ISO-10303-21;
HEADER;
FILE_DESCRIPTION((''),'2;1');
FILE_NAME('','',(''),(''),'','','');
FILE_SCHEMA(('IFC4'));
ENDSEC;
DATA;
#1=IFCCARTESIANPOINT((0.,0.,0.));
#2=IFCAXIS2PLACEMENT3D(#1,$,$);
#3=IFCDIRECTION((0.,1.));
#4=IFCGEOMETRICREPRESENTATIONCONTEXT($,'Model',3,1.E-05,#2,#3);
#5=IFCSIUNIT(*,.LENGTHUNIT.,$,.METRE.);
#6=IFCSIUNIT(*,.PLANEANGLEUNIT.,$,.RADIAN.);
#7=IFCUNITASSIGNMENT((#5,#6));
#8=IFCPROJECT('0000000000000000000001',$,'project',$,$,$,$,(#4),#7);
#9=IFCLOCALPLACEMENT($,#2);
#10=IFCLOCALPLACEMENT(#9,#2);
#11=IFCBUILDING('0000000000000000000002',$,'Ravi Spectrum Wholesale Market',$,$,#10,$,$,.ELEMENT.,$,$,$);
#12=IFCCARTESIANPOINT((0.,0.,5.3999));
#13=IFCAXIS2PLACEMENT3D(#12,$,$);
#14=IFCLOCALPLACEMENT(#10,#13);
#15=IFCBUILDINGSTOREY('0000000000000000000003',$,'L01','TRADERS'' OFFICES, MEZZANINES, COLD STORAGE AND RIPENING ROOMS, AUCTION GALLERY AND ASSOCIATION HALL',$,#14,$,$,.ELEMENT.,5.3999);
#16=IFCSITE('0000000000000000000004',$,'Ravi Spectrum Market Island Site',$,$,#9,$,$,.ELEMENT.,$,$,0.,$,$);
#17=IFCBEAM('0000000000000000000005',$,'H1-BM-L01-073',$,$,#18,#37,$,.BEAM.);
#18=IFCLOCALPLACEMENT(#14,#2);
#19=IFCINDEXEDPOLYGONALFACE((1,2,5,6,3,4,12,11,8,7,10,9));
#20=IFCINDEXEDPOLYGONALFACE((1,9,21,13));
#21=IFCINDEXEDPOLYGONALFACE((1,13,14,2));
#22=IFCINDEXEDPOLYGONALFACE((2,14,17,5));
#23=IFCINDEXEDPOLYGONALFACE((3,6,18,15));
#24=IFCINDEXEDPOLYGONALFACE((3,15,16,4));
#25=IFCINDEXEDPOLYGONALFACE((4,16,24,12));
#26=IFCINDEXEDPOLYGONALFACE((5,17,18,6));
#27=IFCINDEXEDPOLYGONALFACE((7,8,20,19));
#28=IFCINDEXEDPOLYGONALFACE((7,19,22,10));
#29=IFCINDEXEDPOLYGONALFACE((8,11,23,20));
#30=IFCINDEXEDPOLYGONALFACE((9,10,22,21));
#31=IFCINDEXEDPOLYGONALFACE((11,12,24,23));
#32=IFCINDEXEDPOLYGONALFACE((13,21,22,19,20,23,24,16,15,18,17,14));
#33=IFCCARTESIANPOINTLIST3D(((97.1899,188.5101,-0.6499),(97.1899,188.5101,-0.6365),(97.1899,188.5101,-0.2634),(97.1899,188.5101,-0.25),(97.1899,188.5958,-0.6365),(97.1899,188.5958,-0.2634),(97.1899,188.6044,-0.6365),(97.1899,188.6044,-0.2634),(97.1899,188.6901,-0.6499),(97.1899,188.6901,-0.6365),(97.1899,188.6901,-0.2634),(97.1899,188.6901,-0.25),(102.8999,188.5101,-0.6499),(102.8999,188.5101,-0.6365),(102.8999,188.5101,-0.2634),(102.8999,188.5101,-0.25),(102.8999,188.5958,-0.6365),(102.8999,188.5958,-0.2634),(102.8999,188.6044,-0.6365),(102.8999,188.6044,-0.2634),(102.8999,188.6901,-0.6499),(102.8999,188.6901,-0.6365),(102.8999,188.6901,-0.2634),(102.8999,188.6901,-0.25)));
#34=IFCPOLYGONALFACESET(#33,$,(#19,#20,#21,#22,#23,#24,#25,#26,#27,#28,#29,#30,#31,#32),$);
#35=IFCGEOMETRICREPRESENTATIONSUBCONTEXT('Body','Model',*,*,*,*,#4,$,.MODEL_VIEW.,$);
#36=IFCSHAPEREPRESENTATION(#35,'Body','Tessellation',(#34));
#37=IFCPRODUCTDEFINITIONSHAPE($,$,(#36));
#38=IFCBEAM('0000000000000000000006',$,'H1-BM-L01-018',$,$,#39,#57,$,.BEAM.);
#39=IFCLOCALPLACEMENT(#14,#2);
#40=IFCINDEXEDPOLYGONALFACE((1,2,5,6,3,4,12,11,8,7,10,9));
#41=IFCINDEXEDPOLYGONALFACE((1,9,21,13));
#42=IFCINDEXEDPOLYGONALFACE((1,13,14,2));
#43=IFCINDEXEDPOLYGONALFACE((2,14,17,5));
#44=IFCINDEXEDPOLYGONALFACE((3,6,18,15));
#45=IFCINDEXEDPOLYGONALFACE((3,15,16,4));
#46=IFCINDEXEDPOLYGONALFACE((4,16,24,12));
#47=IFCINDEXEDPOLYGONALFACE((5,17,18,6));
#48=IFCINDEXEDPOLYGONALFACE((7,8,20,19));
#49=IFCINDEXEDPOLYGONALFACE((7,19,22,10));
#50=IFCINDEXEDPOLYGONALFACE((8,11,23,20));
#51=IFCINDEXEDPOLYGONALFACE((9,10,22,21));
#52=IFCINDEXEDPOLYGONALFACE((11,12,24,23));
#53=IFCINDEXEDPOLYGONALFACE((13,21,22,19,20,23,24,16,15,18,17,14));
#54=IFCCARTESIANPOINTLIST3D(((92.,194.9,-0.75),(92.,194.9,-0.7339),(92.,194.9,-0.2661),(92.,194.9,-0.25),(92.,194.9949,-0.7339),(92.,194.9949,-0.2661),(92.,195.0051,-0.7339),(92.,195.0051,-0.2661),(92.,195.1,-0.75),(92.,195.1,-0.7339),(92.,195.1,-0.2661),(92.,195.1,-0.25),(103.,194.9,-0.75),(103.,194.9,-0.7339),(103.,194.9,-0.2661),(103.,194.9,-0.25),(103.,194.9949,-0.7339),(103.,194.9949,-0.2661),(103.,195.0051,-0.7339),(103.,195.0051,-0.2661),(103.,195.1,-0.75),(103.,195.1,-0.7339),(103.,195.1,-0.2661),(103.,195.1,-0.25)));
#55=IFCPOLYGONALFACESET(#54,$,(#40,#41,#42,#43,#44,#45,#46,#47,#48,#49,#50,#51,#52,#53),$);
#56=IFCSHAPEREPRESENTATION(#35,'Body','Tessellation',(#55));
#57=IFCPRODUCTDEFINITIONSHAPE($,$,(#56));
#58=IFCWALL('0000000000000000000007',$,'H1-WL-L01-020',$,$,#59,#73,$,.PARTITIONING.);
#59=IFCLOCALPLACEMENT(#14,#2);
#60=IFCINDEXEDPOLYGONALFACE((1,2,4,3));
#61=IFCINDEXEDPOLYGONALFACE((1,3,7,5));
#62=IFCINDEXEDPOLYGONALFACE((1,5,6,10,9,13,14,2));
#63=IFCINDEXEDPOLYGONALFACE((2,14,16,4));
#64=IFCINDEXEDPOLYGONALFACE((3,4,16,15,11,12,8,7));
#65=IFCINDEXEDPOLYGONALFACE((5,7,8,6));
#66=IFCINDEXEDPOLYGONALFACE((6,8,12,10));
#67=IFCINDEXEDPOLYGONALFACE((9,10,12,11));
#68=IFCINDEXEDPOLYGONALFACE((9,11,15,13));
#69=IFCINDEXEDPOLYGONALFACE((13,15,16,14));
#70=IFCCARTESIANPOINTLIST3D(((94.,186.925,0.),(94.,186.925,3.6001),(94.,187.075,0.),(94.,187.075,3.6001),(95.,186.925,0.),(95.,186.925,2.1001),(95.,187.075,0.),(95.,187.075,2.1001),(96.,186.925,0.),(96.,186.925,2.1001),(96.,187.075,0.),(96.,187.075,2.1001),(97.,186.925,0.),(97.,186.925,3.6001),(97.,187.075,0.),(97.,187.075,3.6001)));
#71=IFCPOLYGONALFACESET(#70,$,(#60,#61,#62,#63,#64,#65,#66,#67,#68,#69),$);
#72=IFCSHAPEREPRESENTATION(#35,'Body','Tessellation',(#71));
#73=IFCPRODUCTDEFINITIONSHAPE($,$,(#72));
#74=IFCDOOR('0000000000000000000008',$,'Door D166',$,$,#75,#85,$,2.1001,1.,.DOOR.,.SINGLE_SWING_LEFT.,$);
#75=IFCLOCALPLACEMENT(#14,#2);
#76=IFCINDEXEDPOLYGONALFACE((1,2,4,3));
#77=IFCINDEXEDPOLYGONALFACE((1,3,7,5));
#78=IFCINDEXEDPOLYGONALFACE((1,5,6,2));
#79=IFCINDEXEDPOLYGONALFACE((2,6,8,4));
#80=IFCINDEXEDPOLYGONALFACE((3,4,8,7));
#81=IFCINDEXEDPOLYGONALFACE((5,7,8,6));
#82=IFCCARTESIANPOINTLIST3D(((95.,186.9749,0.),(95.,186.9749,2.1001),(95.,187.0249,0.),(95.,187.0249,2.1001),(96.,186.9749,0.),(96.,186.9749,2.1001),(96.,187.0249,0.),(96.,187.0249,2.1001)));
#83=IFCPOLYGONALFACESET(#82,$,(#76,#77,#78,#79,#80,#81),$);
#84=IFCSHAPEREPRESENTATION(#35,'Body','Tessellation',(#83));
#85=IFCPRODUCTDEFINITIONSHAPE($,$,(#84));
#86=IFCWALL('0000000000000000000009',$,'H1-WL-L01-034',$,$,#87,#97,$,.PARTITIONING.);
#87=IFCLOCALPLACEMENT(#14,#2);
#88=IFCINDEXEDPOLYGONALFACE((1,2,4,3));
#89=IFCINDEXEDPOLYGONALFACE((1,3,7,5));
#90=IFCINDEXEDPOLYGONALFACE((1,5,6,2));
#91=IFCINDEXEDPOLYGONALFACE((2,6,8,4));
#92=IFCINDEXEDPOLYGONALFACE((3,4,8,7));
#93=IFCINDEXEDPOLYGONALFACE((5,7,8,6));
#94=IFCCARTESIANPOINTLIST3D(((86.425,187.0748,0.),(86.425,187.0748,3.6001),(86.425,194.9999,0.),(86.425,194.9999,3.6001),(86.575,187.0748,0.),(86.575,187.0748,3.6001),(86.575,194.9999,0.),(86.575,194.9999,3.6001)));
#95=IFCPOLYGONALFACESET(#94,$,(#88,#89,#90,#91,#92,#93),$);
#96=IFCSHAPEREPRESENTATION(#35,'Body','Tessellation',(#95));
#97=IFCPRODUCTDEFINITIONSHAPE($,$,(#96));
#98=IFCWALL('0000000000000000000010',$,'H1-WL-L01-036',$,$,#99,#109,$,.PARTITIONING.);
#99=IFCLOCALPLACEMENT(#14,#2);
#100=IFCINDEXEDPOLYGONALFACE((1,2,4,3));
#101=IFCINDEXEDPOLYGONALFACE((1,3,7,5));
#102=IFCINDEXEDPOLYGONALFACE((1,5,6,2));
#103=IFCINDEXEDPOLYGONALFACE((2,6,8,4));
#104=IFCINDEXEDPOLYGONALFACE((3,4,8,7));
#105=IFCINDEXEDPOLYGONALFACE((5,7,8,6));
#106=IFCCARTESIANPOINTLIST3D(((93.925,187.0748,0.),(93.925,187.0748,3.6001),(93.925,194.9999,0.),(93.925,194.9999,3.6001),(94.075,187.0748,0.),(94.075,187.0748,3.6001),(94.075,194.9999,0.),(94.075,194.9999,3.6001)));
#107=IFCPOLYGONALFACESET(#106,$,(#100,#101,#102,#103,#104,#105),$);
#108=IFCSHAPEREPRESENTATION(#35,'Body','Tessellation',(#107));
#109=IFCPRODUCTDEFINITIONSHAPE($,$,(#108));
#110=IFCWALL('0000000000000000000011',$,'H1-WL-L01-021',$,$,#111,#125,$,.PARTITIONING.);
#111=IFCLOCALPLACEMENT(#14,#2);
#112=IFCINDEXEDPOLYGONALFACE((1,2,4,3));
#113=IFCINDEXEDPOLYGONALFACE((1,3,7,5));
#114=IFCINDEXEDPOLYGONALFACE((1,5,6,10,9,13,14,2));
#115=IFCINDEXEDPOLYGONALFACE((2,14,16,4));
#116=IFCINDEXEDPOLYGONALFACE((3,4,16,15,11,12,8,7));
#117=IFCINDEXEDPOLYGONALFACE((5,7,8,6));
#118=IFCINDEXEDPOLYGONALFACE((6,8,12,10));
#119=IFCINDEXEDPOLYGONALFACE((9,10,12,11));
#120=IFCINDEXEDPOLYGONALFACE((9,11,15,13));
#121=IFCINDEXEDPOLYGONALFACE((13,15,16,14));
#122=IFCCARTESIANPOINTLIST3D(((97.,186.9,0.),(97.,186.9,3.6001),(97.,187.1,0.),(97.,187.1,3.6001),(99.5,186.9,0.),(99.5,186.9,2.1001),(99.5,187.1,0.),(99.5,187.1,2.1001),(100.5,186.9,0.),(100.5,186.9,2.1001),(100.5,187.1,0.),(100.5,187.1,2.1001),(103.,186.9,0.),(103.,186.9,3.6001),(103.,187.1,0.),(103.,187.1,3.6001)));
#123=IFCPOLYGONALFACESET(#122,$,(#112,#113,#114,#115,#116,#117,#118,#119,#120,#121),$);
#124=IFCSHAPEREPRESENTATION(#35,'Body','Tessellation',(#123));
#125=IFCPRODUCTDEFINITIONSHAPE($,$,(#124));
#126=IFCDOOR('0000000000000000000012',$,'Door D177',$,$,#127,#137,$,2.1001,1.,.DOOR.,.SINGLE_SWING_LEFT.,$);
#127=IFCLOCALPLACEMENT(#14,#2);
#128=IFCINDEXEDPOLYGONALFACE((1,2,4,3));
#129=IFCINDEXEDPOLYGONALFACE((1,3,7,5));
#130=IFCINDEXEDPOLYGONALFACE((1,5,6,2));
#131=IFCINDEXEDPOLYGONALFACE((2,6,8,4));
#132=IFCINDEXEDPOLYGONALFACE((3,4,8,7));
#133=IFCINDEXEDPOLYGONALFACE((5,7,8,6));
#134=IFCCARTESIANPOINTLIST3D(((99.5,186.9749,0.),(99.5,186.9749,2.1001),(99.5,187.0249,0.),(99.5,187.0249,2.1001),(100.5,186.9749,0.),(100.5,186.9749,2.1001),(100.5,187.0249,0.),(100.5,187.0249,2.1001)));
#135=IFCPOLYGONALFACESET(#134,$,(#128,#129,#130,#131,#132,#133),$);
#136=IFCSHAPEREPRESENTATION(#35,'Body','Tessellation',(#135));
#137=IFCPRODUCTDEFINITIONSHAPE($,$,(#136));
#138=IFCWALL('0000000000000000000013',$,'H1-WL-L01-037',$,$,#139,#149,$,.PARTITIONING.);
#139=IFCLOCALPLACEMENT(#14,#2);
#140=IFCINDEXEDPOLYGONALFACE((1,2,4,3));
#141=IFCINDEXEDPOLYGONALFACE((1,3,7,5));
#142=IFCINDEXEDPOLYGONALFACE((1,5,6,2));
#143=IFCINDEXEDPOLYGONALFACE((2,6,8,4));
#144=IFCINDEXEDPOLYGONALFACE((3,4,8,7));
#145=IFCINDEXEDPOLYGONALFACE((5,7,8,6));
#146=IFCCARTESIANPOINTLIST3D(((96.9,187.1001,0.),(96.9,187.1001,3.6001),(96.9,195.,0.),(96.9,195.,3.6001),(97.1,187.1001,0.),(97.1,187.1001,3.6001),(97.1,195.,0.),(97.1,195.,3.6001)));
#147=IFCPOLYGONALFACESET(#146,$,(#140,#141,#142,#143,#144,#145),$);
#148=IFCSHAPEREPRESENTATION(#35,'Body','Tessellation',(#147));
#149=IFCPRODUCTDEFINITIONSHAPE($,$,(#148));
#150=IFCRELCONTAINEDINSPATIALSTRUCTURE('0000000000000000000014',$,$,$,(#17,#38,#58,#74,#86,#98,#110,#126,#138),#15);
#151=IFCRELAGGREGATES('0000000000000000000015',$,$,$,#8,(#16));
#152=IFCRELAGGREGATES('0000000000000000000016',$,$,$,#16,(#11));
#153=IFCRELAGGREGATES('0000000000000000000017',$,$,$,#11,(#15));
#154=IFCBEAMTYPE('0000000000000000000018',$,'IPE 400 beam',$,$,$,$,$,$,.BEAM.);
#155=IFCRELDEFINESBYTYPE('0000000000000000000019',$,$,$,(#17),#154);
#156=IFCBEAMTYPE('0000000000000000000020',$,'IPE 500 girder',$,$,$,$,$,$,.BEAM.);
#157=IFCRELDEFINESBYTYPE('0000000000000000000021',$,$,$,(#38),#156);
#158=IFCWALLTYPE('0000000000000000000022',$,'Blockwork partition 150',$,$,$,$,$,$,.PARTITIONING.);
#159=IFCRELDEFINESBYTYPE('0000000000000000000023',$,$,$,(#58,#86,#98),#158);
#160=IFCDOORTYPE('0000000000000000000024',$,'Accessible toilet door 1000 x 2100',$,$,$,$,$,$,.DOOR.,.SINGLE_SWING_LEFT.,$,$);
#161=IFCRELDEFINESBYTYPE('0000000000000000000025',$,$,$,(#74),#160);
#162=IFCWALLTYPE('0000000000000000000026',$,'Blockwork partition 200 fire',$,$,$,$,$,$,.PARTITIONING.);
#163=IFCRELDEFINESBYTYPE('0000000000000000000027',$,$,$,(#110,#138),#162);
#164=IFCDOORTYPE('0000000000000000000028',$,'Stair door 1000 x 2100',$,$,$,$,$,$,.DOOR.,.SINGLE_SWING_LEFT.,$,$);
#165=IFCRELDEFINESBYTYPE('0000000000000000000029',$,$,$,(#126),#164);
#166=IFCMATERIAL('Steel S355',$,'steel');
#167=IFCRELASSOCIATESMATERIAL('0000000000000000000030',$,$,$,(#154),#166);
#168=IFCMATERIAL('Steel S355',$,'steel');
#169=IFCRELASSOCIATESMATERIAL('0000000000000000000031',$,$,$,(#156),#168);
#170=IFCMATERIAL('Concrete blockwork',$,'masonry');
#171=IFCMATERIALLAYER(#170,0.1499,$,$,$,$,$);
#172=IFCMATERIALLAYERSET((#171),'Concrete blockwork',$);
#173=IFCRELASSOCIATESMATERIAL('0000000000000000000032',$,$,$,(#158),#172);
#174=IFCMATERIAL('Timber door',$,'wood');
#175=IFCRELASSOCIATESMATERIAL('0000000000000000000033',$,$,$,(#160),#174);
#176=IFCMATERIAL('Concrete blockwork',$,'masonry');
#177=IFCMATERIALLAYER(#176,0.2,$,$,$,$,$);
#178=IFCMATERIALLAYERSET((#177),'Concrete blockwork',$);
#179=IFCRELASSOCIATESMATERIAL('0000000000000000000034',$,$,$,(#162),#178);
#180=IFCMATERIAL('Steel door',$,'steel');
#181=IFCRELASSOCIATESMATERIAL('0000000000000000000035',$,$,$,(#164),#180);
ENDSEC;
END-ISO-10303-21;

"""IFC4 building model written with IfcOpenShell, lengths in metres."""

from ifc_helpers import new_model, si_unit, direction, frame, frame_2d, origin, origin_2d, place, context, subcontext, project, spatial, rectangle, i_section, extrude, material, layer, layer_set, material_profile, profile_set, type_object, element, fill, save


model = new_model("IFC4")

# Units and contexts
model_context = context("Model", 3, precision=1e-05, world=origin(), true_north=direction((0.0, 1.0)))
body_context = subcontext(model_context, "Body", "Model", "MODEL_VIEW")
ifc_project = project(units=[si_unit("LENGTHUNIT", "METRE"), si_unit("PLANEANGLEUNIT", "RADIAN")], contexts=[model_context])

# Site, building, storey
site_placement = place(None, origin())
site = spatial("IfcSite", under=ifc_project, at=site_placement, Name="Ravi Spectrum Market Island Site", CompositionType="ELEMENT", RefElevation=0.0)
building_placement = place(site_placement, origin())
building = spatial("IfcBuilding", under=site, at=building_placement, Name="Ravi Spectrum Wholesale Market", CompositionType="ELEMENT")
storey_placement = place(building_placement, frame((0.0, 0.0, 5.3999)))
storey = spatial("IfcBuildingStorey", under=building, at=storey_placement, Name="L01", Description="TRADERS' OFFICES, MEZZANINES, COLD STORAGE AND RIPENING ROOMS, AUCTION GALLERY AND ASSOCIATION HALL", CompositionType="ELEMENT", Elevation=5.3999)

# Beams
ifc_material_1 = material(Name="Steel S355", Category="steel")
ifc_material_profile_1 = material_profile(ifc_material_1, i_section(OverallWidth=0.1799, OverallDepth=0.3999, WebThickness=0.0085, FlangeThickness=0.0134, at=origin_2d()))
ifc_profile_set_1 = profile_set([ifc_material_profile_1], Name="Steel S355")
beam_type_1 = type_object("IfcBeamType", Name="IPE 400 beam", PredefinedType="BEAM", material=ifc_profile_set_1)
beam_1_placement = place(storey_placement, frame((97.1899, 188.6001, -0.45), z_axis=(1.0, 0.0, 0.0), x_axis=(0.0, 1.0, 0.0)))
element("IfcBeam", 1, at=beam_1_placement, inside=storey, type_object=beam_type_1, Name="H1-BM-L01-073", PredefinedType="BEAM", context=body_context, shape_type="SweptSolid", body=[
    extrude(i_section(OverallWidth=0.1799, OverallDepth=0.3999, WebThickness=0.0085, FlangeThickness=0.0134, at=origin_2d()), origin(), (0.0, 0.0, 1.0), 5.71),
])
ifc_material_2 = material(Name="Steel S355", Category="steel")
ifc_material_profile_2 = material_profile(ifc_material_2, i_section(OverallWidth=0.2, OverallDepth=0.5, WebThickness=0.0103, FlangeThickness=0.0161, at=origin_2d()))
ifc_profile_set_2 = profile_set([ifc_material_profile_2], Name="Steel S355")
beam_type_2 = type_object("IfcBeamType", Name="IPE 500 girder", PredefinedType="BEAM", material=ifc_profile_set_2)
beam_2_placement = place(storey_placement, frame((92.0, 195.0, -0.5), z_axis=(1.0, 0.0, 0.0), x_axis=(0.0, 1.0, 0.0)))
element("IfcBeam", 2, at=beam_2_placement, inside=storey, type_object=beam_type_2, Name="H1-BM-L01-018", PredefinedType="BEAM", context=body_context, shape_type="SweptSolid", body=[
    extrude(i_section(OverallWidth=0.2, OverallDepth=0.5, WebThickness=0.0103, FlangeThickness=0.0161, at=origin_2d()), origin(), (0.0, 0.0, 1.0), 11.0),
])

# Wall, opening, door
ifc_material_3 = material(Name="Concrete blockwork", Category="masonry")
ifc_layer_1 = layer(ifc_material_3, 0.1499)
ifc_layer_set_1 = layer_set([ifc_layer_1], Name="Concrete blockwork")
wall_type_1 = type_object("IfcWallType", Name="Blockwork partition 150", PredefinedType="PARTITIONING", material=ifc_layer_set_1)
wall_1_placement = place(storey_placement, frame((94.0, 187.0, 0.0), z_axis=(0.0, 0.0, 1.0), x_axis=(1.0, 0.0, 0.0)))
wall_1 = element("IfcWall", 3, at=wall_1_placement, inside=storey, type_object=wall_type_1, Name="H1-WL-L01-020", PredefinedType="PARTITIONING", context=body_context, shape_type="SweptSolid", body=[
    extrude(rectangle(XDim=3.0, YDim=0.1499, at=frame_2d((1.5, 0.0))), origin(), (0.0, 0.0, 1.0), 3.6001),
])
opening_1_placement = place(wall_1_placement, frame((1.0, 0.0, 0.0)))
opening_1 = element("IfcOpeningElement", 4, at=opening_1_placement, cuts=wall_1, PredefinedType="OPENING", context=body_context, shape_type="SweptSolid", body=[
    extrude(rectangle(XDim=1.0, YDim=2.1001, at=frame_2d((0.5, 1.05))), frame((0.0, 0.085, 0.0), z_axis=(0.0, -1.0, 0.0), x_axis=(1.0, 0.0, 0.0)), (0.0, 0.0, 1.0), 0.1699),
])
ifc_material_4 = material(Name="Timber door", Category="wood")
door_type_1 = type_object("IfcDoorType", Name="Accessible toilet door 1000 x 2100", OperationType="SINGLE_SWING_LEFT", PredefinedType="DOOR", material=ifc_material_4)
door_1_placement = place(opening_1_placement, origin())
door_1 = element("IfcDoor", 5, at=door_1_placement, inside=storey, type_object=door_type_1, Name="Door D166", OperationType="SINGLE_SWING_LEFT", OverallHeight=2.1001, OverallWidth=1.0, PredefinedType="DOOR", context=body_context, shape_type="SweptSolid", body=[
    extrude(rectangle(XDim=1.0, YDim=2.1001, at=frame_2d((0.5, 1.05))), frame((0.0, 0.0249, 0.0), z_axis=(0.0, -1.0, 0.0), x_axis=(1.0, 0.0, 0.0)), (0.0, 0.0, 1.0), 0.05),
])
fill(opening_1, door_1)

# Walls
for number, where, z_axis, x_axis, name in (
    (6, (86.5, 187.075, 0.0), (0.0, 0.0, 1.0), (0.0, 1.0, 0.0), "H1-WL-L01-034"),
    (7, (94.0, 187.075, 0.0), (0.0, 0.0, 1.0), (0.0, 1.0, 0.0), "H1-WL-L01-036"),
):
    element("IfcWall", number, at=place(storey_placement, frame(where, z_axis=z_axis, x_axis=x_axis)), inside=storey, type_object=wall_type_1, Name=name, PredefinedType="PARTITIONING", context=body_context, shape_type="SweptSolid", body=[
        extrude(rectangle(XDim=7.925, YDim=0.1499, at=frame_2d((3.9624, 0.0))), origin(), (0.0, 0.0, 1.0), 3.6001),
    ])

# Wall, opening, door
ifc_material_5 = material(Name="Concrete blockwork", Category="masonry")
ifc_layer_2 = layer(ifc_material_5, 0.2)
ifc_layer_set_2 = layer_set([ifc_layer_2], Name="Concrete blockwork")
wall_type_2 = type_object("IfcWallType", Name="Blockwork partition 200 fire", PredefinedType="PARTITIONING", material=ifc_layer_set_2)
wall_2_placement = place(storey_placement, frame((97.0, 187.0, 0.0), z_axis=(0.0, 0.0, 1.0), x_axis=(1.0, 0.0, 0.0)))
wall_2 = element("IfcWall", 8, at=wall_2_placement, inside=storey, type_object=wall_type_2, Name="H1-WL-L01-021", PredefinedType="PARTITIONING", context=body_context, shape_type="SweptSolid", body=[
    extrude(rectangle(XDim=6.0, YDim=0.2, at=frame_2d((3.0, 0.0))), origin(), (0.0, 0.0, 1.0), 3.6001),
])
opening_2_placement = place(wall_2_placement, frame((2.5, 0.0, 0.0)))
opening_2 = element("IfcOpeningElement", 9, at=opening_2_placement, cuts=wall_2, PredefinedType="OPENING", context=body_context, shape_type="SweptSolid", body=[
    extrude(rectangle(XDim=1.0, YDim=2.1001, at=frame_2d((0.5, 1.05))), frame((0.0, 0.1099, 0.0), z_axis=(0.0, -1.0, 0.0), x_axis=(1.0, 0.0, 0.0)), (0.0, 0.0, 1.0), 0.22),
])
ifc_material_6 = material(Name="Steel door", Category="steel")
door_type_2 = type_object("IfcDoorType", Name="Stair door 1000 x 2100", OperationType="SINGLE_SWING_LEFT", PredefinedType="DOOR", material=ifc_material_6)
door_2_placement = place(opening_2_placement, origin())
door_2 = element("IfcDoor", 10, at=door_2_placement, inside=storey, type_object=door_type_2, Name="Door D177", OperationType="SINGLE_SWING_LEFT", OverallHeight=2.1001, OverallWidth=1.0, PredefinedType="DOOR", context=body_context, shape_type="SweptSolid", body=[
    extrude(rectangle(XDim=1.0, YDim=2.1001, at=frame_2d((0.5, 1.05))), frame((0.0, 0.0249, 0.0), z_axis=(0.0, -1.0, 0.0), x_axis=(1.0, 0.0, 0.0)), (0.0, 0.0, 1.0), 0.05),
])
fill(opening_2, door_2)

# Wall
wall_3_placement = place(storey_placement, frame((97.0, 187.1001, 0.0), z_axis=(0.0, 0.0, 1.0), x_axis=(0.0, 1.0, 0.0)))
element("IfcWall", 11, at=wall_3_placement, inside=storey, type_object=wall_type_2, Name="H1-WL-L01-037", PredefinedType="PARTITIONING", context=body_context, shape_type="SweptSolid", body=[
    extrude(rectangle(XDim=7.8999, YDim=0.2, at=frame_2d((3.95, 0.0))), origin(), (0.0, 0.0, 1.0), 3.6001),
])

save(model, "model.ifc")
